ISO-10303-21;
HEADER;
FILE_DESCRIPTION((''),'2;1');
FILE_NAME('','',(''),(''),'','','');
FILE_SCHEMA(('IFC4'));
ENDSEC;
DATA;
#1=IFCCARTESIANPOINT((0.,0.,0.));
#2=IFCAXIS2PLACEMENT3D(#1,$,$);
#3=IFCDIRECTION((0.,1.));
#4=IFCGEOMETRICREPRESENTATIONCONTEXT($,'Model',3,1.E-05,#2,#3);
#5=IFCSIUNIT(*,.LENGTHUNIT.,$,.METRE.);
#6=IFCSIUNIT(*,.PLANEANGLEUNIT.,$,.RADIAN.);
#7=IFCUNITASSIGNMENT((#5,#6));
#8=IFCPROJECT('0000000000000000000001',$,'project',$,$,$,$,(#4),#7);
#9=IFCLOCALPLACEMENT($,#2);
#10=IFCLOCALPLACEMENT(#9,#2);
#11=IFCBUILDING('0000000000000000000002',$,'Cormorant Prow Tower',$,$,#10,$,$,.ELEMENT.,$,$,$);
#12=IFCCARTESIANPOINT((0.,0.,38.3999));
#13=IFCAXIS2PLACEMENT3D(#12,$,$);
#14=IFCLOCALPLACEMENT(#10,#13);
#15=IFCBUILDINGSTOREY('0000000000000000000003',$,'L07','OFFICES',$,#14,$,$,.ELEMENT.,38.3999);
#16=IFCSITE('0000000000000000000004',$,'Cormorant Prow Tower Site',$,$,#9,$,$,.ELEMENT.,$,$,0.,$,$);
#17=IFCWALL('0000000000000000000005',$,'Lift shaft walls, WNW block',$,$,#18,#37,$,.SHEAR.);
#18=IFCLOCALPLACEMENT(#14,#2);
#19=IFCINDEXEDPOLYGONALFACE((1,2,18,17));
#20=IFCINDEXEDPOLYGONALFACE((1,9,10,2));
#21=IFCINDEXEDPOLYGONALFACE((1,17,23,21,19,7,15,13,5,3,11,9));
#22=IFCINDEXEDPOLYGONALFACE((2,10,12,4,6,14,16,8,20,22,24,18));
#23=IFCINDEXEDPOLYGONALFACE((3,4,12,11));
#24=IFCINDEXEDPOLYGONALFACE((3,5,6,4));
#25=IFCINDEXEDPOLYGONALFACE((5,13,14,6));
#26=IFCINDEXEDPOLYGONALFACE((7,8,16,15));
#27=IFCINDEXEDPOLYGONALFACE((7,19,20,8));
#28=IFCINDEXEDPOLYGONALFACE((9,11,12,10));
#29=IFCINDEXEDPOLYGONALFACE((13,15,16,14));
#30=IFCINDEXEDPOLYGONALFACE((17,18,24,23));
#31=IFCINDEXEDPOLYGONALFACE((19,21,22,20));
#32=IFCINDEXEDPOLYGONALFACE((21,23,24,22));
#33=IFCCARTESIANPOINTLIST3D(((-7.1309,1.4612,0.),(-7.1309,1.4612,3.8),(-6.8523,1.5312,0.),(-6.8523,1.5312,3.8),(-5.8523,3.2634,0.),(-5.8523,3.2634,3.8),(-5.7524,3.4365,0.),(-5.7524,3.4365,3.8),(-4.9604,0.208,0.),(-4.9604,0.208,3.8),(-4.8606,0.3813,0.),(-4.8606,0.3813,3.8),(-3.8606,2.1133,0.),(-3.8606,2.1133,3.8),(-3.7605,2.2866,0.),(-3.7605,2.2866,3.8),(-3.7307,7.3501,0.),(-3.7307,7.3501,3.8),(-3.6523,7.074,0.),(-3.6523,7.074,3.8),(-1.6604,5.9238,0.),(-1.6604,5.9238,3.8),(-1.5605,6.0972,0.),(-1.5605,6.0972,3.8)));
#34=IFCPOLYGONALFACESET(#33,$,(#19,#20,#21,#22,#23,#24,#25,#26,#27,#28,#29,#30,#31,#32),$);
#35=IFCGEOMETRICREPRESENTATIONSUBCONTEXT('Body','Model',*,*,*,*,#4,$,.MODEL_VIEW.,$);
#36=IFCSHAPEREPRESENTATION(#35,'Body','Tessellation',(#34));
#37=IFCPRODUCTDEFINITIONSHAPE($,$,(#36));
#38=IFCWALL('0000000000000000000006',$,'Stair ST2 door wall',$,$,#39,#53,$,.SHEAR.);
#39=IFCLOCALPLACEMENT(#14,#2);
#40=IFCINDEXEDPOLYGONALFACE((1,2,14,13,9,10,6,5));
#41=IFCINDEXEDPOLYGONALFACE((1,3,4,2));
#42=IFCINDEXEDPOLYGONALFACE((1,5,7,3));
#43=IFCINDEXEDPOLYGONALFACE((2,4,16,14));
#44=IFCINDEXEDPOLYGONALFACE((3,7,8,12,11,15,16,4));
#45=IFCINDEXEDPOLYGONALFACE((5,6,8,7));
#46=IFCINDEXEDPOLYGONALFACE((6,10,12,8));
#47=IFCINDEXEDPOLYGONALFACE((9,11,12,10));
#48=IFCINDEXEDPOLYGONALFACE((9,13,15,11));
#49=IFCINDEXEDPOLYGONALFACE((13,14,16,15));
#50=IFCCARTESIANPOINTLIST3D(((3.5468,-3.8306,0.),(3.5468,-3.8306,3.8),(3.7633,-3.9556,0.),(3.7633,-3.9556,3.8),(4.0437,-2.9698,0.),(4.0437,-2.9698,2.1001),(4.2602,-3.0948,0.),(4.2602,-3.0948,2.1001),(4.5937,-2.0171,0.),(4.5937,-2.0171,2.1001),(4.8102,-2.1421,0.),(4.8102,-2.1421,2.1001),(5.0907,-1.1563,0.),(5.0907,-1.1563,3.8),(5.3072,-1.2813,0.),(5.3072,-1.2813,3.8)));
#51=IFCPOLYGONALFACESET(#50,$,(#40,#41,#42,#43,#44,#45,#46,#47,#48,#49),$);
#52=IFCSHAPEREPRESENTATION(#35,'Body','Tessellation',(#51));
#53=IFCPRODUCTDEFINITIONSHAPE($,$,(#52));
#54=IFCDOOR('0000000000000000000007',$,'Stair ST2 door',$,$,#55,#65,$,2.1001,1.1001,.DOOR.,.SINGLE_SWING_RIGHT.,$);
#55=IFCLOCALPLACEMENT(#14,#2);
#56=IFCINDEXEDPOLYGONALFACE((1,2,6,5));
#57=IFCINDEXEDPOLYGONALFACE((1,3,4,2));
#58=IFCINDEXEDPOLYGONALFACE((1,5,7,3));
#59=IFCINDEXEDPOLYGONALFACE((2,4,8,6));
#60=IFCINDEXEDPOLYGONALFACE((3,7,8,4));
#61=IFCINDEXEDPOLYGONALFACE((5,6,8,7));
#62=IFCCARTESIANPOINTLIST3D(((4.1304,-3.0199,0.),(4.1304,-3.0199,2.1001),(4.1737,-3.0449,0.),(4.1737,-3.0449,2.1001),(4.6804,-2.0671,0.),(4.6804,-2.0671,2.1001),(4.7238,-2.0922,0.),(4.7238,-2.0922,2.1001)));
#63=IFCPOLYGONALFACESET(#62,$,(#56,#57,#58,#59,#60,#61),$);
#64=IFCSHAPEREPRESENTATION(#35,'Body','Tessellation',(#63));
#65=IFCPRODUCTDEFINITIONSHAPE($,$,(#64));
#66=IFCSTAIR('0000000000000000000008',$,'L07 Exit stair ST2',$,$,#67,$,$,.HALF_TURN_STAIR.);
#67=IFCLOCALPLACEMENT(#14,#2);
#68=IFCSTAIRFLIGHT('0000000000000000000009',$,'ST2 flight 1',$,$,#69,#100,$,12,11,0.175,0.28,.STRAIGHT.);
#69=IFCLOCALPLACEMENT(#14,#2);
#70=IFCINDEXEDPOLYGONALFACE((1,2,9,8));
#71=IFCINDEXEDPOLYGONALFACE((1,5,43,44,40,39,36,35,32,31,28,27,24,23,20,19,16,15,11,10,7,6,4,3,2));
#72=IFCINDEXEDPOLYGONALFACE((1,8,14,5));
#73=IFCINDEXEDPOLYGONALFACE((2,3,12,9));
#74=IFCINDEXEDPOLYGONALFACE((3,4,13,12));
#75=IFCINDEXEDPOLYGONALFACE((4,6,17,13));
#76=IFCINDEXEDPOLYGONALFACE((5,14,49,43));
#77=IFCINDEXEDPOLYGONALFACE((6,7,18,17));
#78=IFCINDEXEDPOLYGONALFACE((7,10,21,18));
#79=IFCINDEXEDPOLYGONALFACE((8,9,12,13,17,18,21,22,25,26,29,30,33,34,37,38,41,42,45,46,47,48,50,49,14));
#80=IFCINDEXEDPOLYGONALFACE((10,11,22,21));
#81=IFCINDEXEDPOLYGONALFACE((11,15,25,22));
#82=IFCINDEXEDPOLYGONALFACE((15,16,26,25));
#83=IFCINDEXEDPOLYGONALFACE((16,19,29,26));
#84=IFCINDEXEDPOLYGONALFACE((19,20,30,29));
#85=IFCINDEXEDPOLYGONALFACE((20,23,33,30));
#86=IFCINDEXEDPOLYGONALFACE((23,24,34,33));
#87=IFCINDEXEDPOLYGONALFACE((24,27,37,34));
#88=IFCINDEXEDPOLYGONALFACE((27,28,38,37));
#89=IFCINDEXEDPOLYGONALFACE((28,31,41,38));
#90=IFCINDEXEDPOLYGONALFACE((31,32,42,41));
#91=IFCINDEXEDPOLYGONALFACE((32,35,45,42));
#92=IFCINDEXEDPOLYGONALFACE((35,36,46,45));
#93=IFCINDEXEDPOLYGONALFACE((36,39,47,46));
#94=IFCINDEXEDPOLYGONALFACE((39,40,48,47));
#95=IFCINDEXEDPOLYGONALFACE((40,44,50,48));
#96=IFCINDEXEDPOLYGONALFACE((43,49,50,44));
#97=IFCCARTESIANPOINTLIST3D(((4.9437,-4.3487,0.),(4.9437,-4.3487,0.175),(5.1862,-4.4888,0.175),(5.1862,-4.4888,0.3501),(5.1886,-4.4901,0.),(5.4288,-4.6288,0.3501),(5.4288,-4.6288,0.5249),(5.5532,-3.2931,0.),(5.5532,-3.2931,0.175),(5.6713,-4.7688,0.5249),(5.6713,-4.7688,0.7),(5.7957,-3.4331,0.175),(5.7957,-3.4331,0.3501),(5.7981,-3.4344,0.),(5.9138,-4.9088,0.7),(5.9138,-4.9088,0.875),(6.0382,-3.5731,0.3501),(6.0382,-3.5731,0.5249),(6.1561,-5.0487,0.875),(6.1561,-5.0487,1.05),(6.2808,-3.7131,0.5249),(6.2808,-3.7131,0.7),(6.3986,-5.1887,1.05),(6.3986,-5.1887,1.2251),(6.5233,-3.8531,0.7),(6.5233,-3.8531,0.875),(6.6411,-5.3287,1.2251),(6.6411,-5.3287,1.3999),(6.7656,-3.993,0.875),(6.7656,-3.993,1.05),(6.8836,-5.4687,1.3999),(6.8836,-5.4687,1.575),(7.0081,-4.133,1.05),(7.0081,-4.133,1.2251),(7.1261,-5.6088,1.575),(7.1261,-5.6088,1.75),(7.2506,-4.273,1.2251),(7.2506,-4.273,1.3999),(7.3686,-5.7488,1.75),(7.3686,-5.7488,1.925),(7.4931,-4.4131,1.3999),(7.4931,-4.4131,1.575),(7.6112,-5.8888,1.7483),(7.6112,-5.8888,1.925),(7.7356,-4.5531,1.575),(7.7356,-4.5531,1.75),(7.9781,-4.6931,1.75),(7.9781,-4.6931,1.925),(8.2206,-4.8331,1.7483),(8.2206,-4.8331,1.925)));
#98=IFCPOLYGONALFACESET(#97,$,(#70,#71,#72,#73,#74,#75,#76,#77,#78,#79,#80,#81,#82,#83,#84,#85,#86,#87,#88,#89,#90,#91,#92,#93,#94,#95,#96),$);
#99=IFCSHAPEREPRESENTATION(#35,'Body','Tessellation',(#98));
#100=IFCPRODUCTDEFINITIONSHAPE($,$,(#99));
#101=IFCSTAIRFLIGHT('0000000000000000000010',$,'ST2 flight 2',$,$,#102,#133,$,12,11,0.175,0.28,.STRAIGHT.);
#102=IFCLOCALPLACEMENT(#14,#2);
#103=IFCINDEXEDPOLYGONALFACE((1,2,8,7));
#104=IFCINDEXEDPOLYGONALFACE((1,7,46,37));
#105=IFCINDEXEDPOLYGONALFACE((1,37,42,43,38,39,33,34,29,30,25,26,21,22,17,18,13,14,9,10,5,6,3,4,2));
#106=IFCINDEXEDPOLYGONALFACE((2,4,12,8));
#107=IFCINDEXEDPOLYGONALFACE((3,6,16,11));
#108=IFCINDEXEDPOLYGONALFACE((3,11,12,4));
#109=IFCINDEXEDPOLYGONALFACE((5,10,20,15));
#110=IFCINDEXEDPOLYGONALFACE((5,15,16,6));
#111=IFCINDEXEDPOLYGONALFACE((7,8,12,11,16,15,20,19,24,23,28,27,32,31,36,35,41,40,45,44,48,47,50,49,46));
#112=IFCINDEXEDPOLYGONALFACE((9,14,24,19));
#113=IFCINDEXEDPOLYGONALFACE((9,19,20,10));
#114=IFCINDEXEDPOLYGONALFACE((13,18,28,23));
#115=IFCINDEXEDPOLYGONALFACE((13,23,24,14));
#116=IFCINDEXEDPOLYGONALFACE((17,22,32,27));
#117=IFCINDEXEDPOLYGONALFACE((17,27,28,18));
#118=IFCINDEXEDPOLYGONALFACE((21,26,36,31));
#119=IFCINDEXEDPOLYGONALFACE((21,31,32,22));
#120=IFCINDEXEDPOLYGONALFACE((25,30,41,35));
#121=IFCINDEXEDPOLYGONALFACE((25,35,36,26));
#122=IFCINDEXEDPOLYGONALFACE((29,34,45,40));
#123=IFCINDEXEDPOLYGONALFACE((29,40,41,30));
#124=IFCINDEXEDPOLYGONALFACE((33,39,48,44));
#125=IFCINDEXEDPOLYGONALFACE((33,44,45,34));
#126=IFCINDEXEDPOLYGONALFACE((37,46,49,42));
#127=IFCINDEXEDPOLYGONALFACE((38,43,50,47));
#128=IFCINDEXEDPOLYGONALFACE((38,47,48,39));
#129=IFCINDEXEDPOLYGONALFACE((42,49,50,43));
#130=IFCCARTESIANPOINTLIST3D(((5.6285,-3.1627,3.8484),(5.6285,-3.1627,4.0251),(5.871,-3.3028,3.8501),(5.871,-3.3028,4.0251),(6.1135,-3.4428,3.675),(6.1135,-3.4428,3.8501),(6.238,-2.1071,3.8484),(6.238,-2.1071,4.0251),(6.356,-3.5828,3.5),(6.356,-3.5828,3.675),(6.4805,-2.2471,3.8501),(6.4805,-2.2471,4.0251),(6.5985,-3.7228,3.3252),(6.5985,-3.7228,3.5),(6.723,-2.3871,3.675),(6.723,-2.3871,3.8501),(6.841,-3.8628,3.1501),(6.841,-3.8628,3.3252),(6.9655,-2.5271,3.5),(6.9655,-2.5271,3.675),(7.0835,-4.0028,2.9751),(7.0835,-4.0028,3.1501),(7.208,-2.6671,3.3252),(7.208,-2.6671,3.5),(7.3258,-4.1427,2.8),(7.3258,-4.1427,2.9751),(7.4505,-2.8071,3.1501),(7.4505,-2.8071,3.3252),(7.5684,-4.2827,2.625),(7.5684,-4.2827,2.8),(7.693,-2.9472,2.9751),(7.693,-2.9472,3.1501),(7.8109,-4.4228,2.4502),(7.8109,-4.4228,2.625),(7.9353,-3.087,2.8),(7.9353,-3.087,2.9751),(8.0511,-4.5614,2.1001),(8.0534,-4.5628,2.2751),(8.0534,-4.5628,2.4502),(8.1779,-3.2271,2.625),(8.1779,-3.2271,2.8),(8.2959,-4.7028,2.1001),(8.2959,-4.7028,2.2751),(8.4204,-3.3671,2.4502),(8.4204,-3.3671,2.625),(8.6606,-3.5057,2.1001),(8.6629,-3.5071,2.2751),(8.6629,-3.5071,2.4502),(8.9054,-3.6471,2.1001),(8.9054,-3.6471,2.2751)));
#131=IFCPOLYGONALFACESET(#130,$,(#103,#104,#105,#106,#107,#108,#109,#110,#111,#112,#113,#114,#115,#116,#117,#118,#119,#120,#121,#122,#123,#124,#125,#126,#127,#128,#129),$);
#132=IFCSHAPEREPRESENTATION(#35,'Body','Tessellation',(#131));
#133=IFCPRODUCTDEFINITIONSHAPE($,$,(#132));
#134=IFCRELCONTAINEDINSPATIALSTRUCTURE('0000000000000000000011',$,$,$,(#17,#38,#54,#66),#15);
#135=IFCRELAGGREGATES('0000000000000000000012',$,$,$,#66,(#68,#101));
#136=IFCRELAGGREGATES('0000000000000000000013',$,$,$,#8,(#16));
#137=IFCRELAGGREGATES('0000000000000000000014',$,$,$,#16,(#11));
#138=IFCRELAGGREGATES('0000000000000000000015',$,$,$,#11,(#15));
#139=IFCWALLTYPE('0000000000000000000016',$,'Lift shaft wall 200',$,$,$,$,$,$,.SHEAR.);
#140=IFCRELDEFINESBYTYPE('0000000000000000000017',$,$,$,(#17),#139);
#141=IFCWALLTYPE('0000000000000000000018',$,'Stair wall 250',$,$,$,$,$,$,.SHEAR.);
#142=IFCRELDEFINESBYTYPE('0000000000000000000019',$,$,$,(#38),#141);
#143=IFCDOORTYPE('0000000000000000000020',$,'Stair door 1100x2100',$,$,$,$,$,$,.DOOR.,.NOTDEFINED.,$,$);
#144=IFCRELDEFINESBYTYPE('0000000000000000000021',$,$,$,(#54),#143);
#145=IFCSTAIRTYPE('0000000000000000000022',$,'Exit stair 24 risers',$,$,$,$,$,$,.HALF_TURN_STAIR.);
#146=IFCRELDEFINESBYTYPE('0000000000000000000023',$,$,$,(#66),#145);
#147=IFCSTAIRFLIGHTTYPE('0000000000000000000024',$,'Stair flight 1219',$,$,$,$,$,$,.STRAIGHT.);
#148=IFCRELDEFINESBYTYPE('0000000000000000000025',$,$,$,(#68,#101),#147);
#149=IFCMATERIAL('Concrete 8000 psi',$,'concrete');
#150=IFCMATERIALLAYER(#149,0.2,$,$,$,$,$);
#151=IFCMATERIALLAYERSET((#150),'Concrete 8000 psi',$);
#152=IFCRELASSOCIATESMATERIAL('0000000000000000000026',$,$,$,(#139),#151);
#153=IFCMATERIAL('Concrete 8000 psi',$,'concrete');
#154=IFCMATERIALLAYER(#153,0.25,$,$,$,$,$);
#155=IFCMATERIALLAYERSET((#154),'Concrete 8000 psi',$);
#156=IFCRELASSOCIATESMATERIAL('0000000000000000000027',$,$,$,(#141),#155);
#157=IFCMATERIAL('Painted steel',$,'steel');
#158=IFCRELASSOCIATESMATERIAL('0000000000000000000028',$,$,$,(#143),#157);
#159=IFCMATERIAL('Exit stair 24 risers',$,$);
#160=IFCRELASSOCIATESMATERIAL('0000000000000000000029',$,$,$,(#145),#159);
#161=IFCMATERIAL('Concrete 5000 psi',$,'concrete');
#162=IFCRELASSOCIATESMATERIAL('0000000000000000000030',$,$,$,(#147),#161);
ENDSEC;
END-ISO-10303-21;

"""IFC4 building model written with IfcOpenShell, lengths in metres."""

from ifc_helpers import new_model, si_unit, direction, frame, frame_2d, origin, place, context, subcontext, project, spatial, polyline, rectangle, outline, extrude, material, layer, layer_set, type_object, element, fill, aggregate, save


model = new_model("IFC4")

# Units and contexts
model_context = context("Model", 3, precision=1e-05, world=origin(), true_north=direction((0.0, 1.0)))
body_context = subcontext(model_context, "Body", "Model", "MODEL_VIEW")
ifc_project = project(units=[si_unit("LENGTHUNIT", "METRE"), si_unit("PLANEANGLEUNIT", "RADIAN")], contexts=[model_context])

# Site, building, storey
site_placement = place(None, origin())
site = spatial("IfcSite", under=ifc_project, at=site_placement, Name="Cormorant Prow Tower Site", CompositionType="ELEMENT", RefElevation=0.0)
building_placement = place(site_placement, origin())
building = spatial("IfcBuilding", under=site, at=building_placement, Name="Cormorant Prow Tower", CompositionType="ELEMENT")
storey_placement = place(building_placement, frame((0.0, 0.0, 38.3999)))
storey = spatial("IfcBuildingStorey", under=building, at=storey_placement, Name="L07", Description="OFFICES", CompositionType="ELEMENT", Elevation=38.3999)

# Wall
ifc_material_1 = material(Name="Concrete 8000 psi", Category="concrete")
ifc_layer_1 = layer(ifc_material_1, 0.2)
ifc_layer_set_1 = layer_set([ifc_layer_1], Name="Concrete 8000 psi")
wall_type_1 = type_object("IfcWallType", Name="Lift shaft wall 200", PredefinedType="SHEAR", material=ifc_layer_set_1)
wall_1_placement = place(storey_placement, origin())
element("IfcWall", 1, at=wall_1_placement, inside=storey, type_object=wall_type_1, Name="Lift shaft walls, WNW block", PredefinedType="SHEAR", context=body_context, shape_type="SweptSolid", body=[
    extrude(outline(polyline([(-4.9604, 0.208), (-7.1309, 1.4612), (-3.7307, 7.3501), (-1.5605, 6.0972), (-1.6604, 5.9238), (-3.6523, 7.074), (-5.7524, 3.4365), (-3.7605, 2.2866), (-3.8606, 2.1133), (-5.8523, 3.2634), (-6.8523, 1.5312), (-4.8606, 0.3813), (-4.9604, 0.208)])), origin(), (0.0, 0.0, 1.0), 3.8),
])

# Wall, opening, door
ifc_material_2 = material(Name="Concrete 8000 psi", Category="concrete")
ifc_layer_2 = layer(ifc_material_2, 0.25)
ifc_layer_set_2 = layer_set([ifc_layer_2], Name="Concrete 8000 psi")
wall_type_2 = type_object("IfcWallType", Name="Stair wall 250", PredefinedType="SHEAR", material=ifc_layer_set_2)
wall_2_placement = place(storey_placement, frame((3.655, -3.8931, 0.0), z_axis=(0.0, 0.0, 1.0), x_axis=(0.499983, 0.866035, 0.0)))
wall_2 = element("IfcWall", 2, at=wall_2_placement, inside=storey, type_object=wall_type_2, Name="Stair ST2 door wall", PredefinedType="SHEAR", context=body_context, shape_type="SweptSolid", body=[
    extrude(rectangle(XDim=3.0879, YDim=0.25, at=frame_2d((1.5439, 0.0))), origin(), (0.0, 0.0, 1.0), 3.8),
])
opening_1_placement = place(wall_2_placement, frame((0.9939, 0.0, 0.0)))
opening_1 = element("IfcOpeningElement", 3, at=opening_1_placement, cuts=wall_2, PredefinedType="OPENING", context=body_context, shape_type="SweptSolid", body=[
    extrude(rectangle(XDim=1.1001, YDim=2.1001, at=frame_2d((0.55, 1.05))), frame((0.0, 0.135, 0.0), z_axis=(0.0, -1.0, 0.0), x_axis=(1.0, 0.0, 0.0)), (0.0, 0.0, 1.0), 0.27),
])
ifc_material_3 = material(Name="Painted steel", Category="steel")
door_type_1 = type_object("IfcDoorType", Name="Stair door 1100x2100", OperationType="NOTDEFINED", PredefinedType="DOOR", material=ifc_material_3)
door_1_placement = place(opening_1_placement, origin())
door_1 = element("IfcDoor", 4, at=door_1_placement, inside=storey, type_object=door_type_1, Name="Stair ST2 door", OperationType="SINGLE_SWING_RIGHT", OverallHeight=2.1001, OverallWidth=1.1001, PredefinedType="DOOR", context=body_context, shape_type="SweptSolid", body=[
    extrude(rectangle(XDim=1.1001, YDim=2.1001, at=frame_2d((0.55, 1.05))), frame((0.0, 0.0249, 0.0), z_axis=(0.0, -1.0, 0.0), x_axis=(1.0, 0.0, 0.0)), (0.0, 0.0, 1.0), 0.05),
])
fill(opening_1, door_1)

# Stair, stair flights
ifc_material_4 = material(Name="Exit stair 24 risers")
stair_type = type_object("IfcStairType", Name="Exit stair 24 risers", PredefinedType="HALF_TURN_STAIR", material=ifc_material_4)
stair_placement = place(storey_placement, origin())
stair = element("IfcStair", 5, at=stair_placement, inside=storey, type_object=stair_type, Name="L07 Exit stair ST2", PredefinedType="HALF_TURN_STAIR")
ifc_material_5 = material(Name="Concrete 5000 psi", Category="concrete")
stair_flight_type = type_object("IfcStairFlightType", Name="Stair flight 1219", PredefinedType="STRAIGHT", material=ifc_material_5)
stair_flight_1_placement = place(storey_placement, frame((5.2485, -3.8208, 0.0), z_axis=(0.0, 0.0, 1.0), x_axis=(0.866025, -0.5, 0.0)))
stair_flight_1 = element("IfcStairFlight", 6, at=stair_flight_1_placement, type_object=stair_flight_type, Name="ST2 flight 1", NumberOfRisers=12, NumberOfTreads=11, PredefinedType="STRAIGHT", RiserHeight=0.175, TreadLength=0.28, context=body_context, shape_type="SweptSolid", body=[
    extrude(outline(polyline([(0.0, 0.0), (0.0, 0.175), (0.28, 0.175), (0.28, 0.3501), (0.5601, 0.3501), (0.5601, 0.5249), (0.8401, 0.5249), (0.8401, 0.7), (1.1201, 0.7), (1.1201, 0.875), (1.3999, 0.875), (1.3999, 1.05), (1.6799, 1.05), (1.6799, 1.2251), (1.96, 1.2251), (1.96, 1.3999), (2.24, 1.3999), (2.24, 1.575), (2.52, 1.575), (2.52, 1.75), (2.8, 1.75), (2.8, 1.925), (3.0801, 1.925), (3.0801, 2.1001), (3.0801, 1.7483), (0.2827, 0.0), (0.0, 0.0)])), frame((0.0, 0.6094, 0.0), z_axis=(0.0, -1.0, 0.0), x_axis=(1.0, 0.0, 0.0)), (0.0, 0.0, 1.0), 1.219),
])
stair_flight_2_placement = place(storey_placement, frame((8.6006, -4.175, 2.1001), z_axis=(0.0, 0.0, 1.0), x_axis=(-0.866025, 0.5, 0.0)))
stair_flight_2 = element("IfcStairFlight", 7, at=stair_flight_2_placement, type_object=stair_flight_type, Name="ST2 flight 2", NumberOfRisers=12, NumberOfTreads=11, PredefinedType="STRAIGHT", RiserHeight=0.175, TreadLength=0.28, context=body_context, shape_type="SweptSolid", body=[
    extrude(outline(polyline([(0.0, 0.0), (0.0, 0.175), (0.28, 0.175), (0.28, 0.3501), (0.5601, 0.3501), (0.5601, 0.5249), (0.8401, 0.5249), (0.8401, 0.7), (1.1201, 0.7), (1.1201, 0.875), (1.3999, 0.875), (1.3999, 1.05), (1.6799, 1.05), (1.6799, 1.2251), (1.96, 1.2251), (1.96, 1.3999), (2.24, 1.3999), (2.24, 1.575), (2.52, 1.575), (2.52, 1.75), (2.8, 1.75), (2.8, 1.925), (3.0801, 1.925), (3.0801, 2.1001), (3.0801, 1.7483), (0.2827, 0.0), (0.0, 0.0)])), frame((0.0, 0.6094, 0.0), z_axis=(0.0, -1.0, 0.0), x_axis=(1.0, 0.0, 0.0)), (0.0, 0.0, 1.0), 1.219),
])
aggregate(stair, [stair_flight_1, stair_flight_2])

save(model, "model.ifc")
